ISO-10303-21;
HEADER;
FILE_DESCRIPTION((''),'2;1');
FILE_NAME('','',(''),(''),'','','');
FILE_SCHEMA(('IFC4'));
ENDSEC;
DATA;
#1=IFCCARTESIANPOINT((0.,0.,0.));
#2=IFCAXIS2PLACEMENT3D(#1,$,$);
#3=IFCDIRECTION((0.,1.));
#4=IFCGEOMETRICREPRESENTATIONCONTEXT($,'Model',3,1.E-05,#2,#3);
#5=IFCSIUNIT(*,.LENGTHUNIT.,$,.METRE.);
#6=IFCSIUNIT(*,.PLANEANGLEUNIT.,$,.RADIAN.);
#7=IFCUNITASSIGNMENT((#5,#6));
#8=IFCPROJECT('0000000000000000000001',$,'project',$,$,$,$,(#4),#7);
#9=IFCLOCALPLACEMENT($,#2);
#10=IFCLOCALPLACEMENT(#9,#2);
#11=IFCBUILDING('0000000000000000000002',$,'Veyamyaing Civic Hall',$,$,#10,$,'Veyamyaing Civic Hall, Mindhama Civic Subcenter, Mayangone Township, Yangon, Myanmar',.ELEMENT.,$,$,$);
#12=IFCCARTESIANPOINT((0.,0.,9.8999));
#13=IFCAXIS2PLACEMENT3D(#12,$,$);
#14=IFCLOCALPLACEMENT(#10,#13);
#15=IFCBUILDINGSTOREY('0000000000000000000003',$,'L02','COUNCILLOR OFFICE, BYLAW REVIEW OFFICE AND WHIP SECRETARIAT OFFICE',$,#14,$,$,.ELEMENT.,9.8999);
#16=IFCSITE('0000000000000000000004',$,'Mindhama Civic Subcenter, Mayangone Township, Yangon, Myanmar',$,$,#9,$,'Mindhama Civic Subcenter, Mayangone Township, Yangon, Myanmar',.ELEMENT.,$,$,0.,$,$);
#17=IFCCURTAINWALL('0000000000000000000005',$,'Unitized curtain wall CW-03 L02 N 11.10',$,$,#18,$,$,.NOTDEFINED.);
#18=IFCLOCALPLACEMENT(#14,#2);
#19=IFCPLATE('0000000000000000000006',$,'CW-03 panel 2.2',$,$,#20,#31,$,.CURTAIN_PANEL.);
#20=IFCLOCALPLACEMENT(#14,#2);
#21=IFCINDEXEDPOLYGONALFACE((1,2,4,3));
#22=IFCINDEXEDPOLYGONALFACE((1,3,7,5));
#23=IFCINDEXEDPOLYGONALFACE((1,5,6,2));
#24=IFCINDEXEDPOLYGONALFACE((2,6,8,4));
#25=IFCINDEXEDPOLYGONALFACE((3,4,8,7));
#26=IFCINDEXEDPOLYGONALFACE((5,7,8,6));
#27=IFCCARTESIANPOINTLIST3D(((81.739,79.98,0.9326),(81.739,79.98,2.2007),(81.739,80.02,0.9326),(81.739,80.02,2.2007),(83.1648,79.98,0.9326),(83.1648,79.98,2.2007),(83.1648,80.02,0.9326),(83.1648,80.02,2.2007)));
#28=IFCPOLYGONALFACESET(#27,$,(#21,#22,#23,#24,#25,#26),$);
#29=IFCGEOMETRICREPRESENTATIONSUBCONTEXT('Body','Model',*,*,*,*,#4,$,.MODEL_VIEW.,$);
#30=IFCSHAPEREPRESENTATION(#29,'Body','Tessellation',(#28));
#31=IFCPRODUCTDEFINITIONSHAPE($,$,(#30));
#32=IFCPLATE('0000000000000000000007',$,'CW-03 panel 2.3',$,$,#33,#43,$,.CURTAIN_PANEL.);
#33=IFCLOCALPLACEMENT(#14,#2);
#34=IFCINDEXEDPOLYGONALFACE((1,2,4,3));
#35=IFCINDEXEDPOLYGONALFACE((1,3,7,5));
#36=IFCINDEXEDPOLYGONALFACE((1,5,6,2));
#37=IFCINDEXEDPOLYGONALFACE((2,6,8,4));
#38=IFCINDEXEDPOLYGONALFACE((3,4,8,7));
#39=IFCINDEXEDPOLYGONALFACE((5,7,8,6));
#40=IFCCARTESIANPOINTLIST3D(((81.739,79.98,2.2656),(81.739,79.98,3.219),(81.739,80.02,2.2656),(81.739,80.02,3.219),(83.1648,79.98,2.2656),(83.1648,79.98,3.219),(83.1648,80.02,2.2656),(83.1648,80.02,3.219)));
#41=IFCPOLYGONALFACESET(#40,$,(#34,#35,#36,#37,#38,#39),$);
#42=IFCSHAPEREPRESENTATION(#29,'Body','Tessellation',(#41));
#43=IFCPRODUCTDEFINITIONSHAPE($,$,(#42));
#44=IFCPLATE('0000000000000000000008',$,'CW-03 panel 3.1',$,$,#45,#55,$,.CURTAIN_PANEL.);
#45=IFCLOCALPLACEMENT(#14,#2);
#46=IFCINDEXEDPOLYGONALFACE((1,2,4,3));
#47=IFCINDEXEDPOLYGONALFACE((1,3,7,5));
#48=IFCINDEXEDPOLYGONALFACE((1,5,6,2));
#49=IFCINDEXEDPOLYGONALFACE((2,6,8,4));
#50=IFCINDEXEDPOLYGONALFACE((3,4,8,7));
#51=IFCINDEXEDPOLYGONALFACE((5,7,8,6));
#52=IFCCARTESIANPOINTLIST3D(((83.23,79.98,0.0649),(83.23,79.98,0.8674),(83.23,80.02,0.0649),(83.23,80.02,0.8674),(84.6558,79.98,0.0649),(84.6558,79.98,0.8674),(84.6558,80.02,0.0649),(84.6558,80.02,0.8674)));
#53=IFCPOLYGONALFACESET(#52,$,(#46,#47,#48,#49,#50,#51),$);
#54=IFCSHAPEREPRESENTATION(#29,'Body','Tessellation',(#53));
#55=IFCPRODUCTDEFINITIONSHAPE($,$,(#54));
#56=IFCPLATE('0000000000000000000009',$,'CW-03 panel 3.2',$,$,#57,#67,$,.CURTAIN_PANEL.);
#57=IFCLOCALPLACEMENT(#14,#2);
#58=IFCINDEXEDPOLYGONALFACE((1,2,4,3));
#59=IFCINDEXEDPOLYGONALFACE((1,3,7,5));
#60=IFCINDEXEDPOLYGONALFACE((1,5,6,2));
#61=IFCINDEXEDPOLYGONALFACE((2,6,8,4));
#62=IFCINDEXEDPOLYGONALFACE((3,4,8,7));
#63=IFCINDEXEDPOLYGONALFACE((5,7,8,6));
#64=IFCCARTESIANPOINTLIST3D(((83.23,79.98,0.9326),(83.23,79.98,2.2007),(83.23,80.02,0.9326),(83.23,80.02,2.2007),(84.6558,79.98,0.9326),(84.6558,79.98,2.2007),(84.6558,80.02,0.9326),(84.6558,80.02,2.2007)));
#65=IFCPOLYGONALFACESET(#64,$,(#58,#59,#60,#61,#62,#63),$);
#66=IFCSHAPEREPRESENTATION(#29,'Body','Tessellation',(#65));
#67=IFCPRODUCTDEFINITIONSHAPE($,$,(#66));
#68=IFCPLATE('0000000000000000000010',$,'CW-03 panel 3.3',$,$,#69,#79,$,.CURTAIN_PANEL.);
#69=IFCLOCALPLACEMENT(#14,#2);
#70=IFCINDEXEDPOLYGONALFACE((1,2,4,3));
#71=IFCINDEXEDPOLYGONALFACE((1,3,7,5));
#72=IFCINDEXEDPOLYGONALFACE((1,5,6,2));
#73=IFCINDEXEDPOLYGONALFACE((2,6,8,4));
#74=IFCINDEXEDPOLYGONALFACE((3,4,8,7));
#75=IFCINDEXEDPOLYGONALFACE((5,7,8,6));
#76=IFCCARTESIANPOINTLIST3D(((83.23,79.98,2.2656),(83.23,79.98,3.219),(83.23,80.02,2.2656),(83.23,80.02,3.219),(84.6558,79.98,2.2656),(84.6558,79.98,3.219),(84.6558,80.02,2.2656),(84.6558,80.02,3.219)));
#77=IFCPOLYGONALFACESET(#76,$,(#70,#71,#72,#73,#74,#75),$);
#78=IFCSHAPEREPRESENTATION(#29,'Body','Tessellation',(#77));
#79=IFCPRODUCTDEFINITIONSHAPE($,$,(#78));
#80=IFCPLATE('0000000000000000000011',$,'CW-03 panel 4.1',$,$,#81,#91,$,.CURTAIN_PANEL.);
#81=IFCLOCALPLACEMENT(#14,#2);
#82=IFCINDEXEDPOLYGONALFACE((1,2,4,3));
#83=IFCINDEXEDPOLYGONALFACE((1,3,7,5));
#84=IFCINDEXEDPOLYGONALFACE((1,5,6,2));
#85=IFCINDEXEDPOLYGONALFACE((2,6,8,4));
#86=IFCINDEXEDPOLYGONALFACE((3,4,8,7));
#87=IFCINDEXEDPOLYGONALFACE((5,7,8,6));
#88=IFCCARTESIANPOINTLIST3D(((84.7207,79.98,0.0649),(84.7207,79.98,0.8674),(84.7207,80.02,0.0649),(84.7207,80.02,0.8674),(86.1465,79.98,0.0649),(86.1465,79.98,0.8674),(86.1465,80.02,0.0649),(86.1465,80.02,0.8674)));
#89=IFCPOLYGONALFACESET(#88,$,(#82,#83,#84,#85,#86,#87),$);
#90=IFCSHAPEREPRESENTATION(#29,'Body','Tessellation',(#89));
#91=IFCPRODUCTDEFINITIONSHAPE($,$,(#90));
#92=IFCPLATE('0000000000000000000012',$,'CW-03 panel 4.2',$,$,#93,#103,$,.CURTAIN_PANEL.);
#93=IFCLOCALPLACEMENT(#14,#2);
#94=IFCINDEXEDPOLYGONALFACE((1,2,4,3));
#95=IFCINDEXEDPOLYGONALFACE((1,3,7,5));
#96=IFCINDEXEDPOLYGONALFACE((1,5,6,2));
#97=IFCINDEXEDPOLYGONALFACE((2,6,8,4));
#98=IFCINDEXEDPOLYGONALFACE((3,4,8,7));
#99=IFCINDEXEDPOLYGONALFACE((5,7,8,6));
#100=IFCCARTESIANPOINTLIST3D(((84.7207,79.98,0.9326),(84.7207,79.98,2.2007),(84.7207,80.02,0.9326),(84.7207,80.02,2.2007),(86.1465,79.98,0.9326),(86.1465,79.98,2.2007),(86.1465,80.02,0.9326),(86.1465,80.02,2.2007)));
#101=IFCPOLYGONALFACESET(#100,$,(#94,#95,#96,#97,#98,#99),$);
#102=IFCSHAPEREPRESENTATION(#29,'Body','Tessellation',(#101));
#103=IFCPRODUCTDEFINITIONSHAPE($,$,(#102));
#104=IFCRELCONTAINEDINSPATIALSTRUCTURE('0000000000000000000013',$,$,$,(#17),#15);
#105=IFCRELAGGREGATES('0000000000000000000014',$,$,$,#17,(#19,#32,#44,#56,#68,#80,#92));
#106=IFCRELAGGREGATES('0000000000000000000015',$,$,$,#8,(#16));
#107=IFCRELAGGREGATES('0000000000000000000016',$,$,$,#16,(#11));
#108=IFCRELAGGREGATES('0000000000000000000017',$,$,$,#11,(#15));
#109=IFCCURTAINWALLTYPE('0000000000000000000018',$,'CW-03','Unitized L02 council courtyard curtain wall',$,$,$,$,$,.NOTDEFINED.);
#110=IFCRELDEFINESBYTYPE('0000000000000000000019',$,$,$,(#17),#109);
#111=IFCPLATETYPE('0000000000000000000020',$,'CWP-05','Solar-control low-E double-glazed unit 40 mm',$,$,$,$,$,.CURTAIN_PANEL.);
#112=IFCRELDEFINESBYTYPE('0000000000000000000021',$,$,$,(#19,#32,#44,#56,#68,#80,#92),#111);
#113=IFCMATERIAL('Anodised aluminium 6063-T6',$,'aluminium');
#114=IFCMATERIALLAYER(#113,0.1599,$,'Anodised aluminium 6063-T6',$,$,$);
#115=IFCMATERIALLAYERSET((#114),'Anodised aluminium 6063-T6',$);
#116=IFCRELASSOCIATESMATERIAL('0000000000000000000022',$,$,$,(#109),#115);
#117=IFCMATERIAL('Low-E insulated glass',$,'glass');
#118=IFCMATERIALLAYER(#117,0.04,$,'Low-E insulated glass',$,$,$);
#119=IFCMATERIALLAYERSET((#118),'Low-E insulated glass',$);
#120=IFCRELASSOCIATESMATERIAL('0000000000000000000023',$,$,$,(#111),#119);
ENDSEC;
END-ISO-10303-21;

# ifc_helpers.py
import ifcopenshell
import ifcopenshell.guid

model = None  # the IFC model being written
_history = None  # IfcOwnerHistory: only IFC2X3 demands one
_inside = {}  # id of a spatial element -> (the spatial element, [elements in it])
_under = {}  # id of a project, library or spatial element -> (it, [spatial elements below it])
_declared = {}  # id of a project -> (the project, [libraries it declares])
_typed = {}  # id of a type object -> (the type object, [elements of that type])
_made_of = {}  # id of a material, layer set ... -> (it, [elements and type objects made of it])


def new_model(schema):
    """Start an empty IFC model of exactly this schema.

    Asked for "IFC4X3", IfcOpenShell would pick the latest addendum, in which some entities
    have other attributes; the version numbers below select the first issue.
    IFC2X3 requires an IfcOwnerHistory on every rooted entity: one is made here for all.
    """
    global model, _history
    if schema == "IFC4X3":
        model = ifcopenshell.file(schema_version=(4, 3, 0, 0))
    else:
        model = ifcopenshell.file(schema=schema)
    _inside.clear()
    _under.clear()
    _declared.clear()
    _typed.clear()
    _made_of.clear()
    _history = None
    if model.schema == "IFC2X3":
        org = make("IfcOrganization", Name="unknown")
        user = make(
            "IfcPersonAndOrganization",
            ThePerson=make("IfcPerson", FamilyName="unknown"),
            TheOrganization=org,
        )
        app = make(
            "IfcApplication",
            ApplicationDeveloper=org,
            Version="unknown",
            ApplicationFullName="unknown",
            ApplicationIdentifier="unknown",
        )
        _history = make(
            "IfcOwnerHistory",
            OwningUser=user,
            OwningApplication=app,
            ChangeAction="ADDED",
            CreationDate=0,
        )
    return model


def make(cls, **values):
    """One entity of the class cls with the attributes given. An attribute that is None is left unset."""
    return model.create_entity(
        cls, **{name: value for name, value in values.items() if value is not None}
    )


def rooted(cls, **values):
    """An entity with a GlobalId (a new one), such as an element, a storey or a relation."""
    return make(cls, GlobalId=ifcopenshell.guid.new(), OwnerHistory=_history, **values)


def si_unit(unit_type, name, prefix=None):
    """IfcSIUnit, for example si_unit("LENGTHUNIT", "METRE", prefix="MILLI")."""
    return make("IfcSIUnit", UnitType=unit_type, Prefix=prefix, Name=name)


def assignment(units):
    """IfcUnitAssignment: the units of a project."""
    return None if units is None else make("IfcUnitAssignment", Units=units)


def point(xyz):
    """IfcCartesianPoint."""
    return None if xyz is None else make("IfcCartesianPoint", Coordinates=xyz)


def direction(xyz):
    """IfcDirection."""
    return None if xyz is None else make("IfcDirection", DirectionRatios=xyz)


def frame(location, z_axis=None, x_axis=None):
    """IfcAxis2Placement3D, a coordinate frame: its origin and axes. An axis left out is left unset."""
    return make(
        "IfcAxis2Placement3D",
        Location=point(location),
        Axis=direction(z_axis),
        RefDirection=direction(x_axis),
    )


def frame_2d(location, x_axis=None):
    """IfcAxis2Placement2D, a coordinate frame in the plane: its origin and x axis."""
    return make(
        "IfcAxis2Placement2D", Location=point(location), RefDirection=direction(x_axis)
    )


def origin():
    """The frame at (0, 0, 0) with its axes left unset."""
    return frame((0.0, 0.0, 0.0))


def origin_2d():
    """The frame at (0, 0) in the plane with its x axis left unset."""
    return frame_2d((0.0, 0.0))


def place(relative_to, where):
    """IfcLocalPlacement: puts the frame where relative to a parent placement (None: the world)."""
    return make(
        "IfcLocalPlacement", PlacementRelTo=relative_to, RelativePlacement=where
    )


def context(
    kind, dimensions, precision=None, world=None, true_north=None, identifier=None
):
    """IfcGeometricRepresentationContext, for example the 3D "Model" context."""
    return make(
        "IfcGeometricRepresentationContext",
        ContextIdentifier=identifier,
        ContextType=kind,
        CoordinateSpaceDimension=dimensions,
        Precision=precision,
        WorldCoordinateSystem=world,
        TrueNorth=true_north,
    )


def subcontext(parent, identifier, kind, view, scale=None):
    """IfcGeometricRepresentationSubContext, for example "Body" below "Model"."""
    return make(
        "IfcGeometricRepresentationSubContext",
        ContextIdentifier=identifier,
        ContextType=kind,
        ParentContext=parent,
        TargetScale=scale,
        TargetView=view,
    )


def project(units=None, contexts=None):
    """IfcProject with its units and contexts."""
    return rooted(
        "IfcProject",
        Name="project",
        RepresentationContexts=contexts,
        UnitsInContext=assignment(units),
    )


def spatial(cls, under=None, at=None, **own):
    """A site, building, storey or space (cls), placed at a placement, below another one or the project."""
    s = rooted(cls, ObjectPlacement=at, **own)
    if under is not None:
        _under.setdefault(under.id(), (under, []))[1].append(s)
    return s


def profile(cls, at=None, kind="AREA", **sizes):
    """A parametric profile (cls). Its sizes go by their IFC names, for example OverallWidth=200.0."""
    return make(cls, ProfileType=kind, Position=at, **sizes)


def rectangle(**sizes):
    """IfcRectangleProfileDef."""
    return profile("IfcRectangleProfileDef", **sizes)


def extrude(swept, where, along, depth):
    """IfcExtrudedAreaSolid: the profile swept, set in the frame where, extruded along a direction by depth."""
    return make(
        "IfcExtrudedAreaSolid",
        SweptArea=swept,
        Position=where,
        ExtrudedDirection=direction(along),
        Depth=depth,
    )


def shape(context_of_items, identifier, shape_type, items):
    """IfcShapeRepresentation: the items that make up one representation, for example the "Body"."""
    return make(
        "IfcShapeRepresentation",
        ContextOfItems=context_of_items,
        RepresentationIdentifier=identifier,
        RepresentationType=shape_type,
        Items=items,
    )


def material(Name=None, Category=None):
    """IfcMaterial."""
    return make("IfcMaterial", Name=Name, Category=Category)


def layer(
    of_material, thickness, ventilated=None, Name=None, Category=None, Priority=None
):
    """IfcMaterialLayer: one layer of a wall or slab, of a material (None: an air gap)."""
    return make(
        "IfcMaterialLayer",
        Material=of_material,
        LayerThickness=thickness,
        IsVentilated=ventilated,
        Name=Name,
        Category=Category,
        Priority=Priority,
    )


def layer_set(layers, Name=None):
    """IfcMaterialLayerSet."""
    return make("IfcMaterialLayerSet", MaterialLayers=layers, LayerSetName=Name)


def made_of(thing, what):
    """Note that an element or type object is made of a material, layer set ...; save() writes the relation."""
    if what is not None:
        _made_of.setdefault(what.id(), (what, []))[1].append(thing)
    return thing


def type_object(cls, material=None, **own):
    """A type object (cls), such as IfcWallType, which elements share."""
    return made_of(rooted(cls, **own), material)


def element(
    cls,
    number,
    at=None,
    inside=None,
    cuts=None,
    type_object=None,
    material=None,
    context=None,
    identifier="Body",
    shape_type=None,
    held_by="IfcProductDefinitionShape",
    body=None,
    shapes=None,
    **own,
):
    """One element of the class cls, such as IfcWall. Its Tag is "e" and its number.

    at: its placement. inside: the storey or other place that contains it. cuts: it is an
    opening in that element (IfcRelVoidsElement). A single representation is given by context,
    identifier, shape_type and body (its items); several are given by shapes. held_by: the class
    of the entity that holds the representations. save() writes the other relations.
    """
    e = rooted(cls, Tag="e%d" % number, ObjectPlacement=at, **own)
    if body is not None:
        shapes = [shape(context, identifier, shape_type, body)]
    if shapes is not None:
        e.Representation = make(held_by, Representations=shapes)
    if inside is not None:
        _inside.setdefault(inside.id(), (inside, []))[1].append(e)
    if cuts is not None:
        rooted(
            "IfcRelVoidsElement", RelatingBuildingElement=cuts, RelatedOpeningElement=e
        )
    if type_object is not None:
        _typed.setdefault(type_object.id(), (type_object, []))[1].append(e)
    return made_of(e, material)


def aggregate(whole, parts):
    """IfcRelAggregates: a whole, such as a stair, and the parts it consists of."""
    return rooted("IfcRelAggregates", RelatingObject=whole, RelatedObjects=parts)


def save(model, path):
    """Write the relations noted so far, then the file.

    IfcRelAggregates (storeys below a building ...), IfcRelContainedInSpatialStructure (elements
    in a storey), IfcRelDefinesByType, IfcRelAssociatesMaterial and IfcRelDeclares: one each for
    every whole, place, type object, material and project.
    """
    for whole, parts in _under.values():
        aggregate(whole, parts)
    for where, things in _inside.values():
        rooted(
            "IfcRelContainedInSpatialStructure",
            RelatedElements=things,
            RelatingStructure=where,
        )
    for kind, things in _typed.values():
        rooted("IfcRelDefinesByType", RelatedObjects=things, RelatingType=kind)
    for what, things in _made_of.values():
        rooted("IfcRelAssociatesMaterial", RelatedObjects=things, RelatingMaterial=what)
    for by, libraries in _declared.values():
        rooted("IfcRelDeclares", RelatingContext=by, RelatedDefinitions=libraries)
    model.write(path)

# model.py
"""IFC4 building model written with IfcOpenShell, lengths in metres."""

from ifc_helpers import new_model, si_unit, direction, frame, origin, origin_2d, place, context, subcontext, project, spatial, rectangle, extrude, material, layer, layer_set, type_object, element, aggregate, save


model = new_model("IFC4")

# Units and contexts
model_context = context("Model", 3, precision=1e-05, world=origin(), true_north=direction((0.0, 1.0)))
body_context = subcontext(model_context, "Body", "Model", "MODEL_VIEW")
ifc_project = project(units=[si_unit("LENGTHUNIT", "METRE"), si_unit("PLANEANGLEUNIT", "RADIAN")], contexts=[model_context])

# Site, building, storey
site_placement = place(None, origin())
site = spatial("IfcSite", under=ifc_project, at=site_placement, Name="Mindhama Civic Subcenter, Mayangone Township, Yangon, Myanmar", LongName="Mindhama Civic Subcenter, Mayangone Township, Yangon, Myanmar", CompositionType="ELEMENT", RefElevation=0.0)
building_placement = place(site_placement, origin())
building = spatial("IfcBuilding", under=site, at=building_placement, Name="Veyamyaing Civic Hall", LongName="Veyamyaing Civic Hall, Mindhama Civic Subcenter, Mayangone Township, Yangon, Myanmar", CompositionType="ELEMENT")
storey_placement = place(building_placement, frame((0.0, 0.0, 9.8999)))
storey = spatial("IfcBuildingStorey", under=building, at=storey_placement, Name="L02", Description="COUNCILLOR OFFICE, BYLAW REVIEW OFFICE AND WHIP SECRETARIAT OFFICE", CompositionType="ELEMENT", Elevation=9.8999)

# Curtain wall, plates
ifc_material_1 = material(Name="Anodised aluminium 6063-T6", Category="aluminium")
ifc_layer_1 = layer(ifc_material_1, 0.1599, Name="Anodised aluminium 6063-T6")
ifc_layer_set_1 = layer_set([ifc_layer_1], Name="Anodised aluminium 6063-T6")
curtain_wall_type = type_object("IfcCurtainWallType", Name="CW-03", Description="Unitized L02 council courtyard curtain wall", PredefinedType="NOTDEFINED", material=ifc_layer_set_1)
curtain_wall_placement = place(storey_placement, origin())
curtain_wall = element("IfcCurtainWall", 1, at=curtain_wall_placement, inside=storey, type_object=curtain_wall_type, Name="Unitized curtain wall CW-03 L02 N 11.10", PredefinedType="NOTDEFINED")
ifc_material_2 = material(Name="Low-E insulated glass", Category="glass")
ifc_layer_2 = layer(ifc_material_2, 0.04, Name="Low-E insulated glass")
ifc_layer_set_2 = layer_set([ifc_layer_2], Name="Low-E insulated glass")
plate_type = type_object("IfcPlateType", Name="CWP-05", Description="Solar-control low-E double-glazed unit 40 mm", PredefinedType="CURTAIN_PANEL", material=ifc_layer_set_2)
plate_1_placement = place(storey_placement, frame((82.4519, 80.0, 0.9326), z_axis=(0.0, 0.0, 1.0), x_axis=(1.0, 0.0, 0.0)))
plate_1 = element("IfcPlate", 2, at=plate_1_placement, type_object=plate_type, Name="CW-03 panel 2.2", PredefinedType="CURTAIN_PANEL", context=body_context, shape_type="SweptSolid", body=[
    extrude(rectangle(XDim=1.4258, YDim=0.04, at=origin_2d()), origin(), (0.0, 0.0, 1.0), 1.2681),
])
plate_2_placement = place(storey_placement, frame((82.4519, 80.0, 2.2656), z_axis=(0.0, 0.0, 1.0), x_axis=(1.0, 0.0, 0.0)))
plate_2 = element("IfcPlate", 3, at=plate_2_placement, type_object=plate_type, Name="CW-03 panel 2.3", PredefinedType="CURTAIN_PANEL", context=body_context, shape_type="SweptSolid", body=[
    extrude(rectangle(XDim=1.4258, YDim=0.04, at=origin_2d()), origin(), (0.0, 0.0, 1.0), 0.9534),
])
plate_3_placement = place(storey_placement, frame((83.9429, 80.0, 0.0649), z_axis=(0.0, 0.0, 1.0), x_axis=(1.0, 0.0, 0.0)))
plate_3 = element("IfcPlate", 4, at=plate_3_placement, type_object=plate_type, Name="CW-03 panel 3.1", PredefinedType="CURTAIN_PANEL", context=body_context, shape_type="SweptSolid", body=[
    extrude(rectangle(XDim=1.4258, YDim=0.04, at=origin_2d()), origin(), (0.0, 0.0, 1.0), 0.8025),
])
plate_4_placement = place(storey_placement, frame((83.9429, 80.0, 0.9326), z_axis=(0.0, 0.0, 1.0), x_axis=(1.0, 0.0, 0.0)))
plate_4 = element("IfcPlate", 5, at=plate_4_placement, type_object=plate_type, Name="CW-03 panel 3.2", PredefinedType="CURTAIN_PANEL", context=body_context, shape_type="SweptSolid", body=[
    extrude(rectangle(XDim=1.4258, YDim=0.04, at=origin_2d()), origin(), (0.0, 0.0, 1.0), 1.2681),
])
plate_5_placement = place(storey_placement, frame((83.9429, 80.0, 2.2656), z_axis=(0.0, 0.0, 1.0), x_axis=(1.0, 0.0, 0.0)))
plate_5 = element("IfcPlate", 6, at=plate_5_placement, type_object=plate_type, Name="CW-03 panel 3.3", PredefinedType="CURTAIN_PANEL", context=body_context, shape_type="SweptSolid", body=[
    extrude(rectangle(XDim=1.4258, YDim=0.04, at=origin_2d()), origin(), (0.0, 0.0, 1.0), 0.9534),
])
plate_6_placement = place(storey_placement, frame((85.4336, 80.0, 0.0649), z_axis=(0.0, 0.0, 1.0), x_axis=(1.0, 0.0, 0.0)))
plate_6 = element("IfcPlate", 7, at=plate_6_placement, type_object=plate_type, Name="CW-03 panel 4.1", PredefinedType="CURTAIN_PANEL", context=body_context, shape_type="SweptSolid", body=[
    extrude(rectangle(XDim=1.4258, YDim=0.04, at=origin_2d()), origin(), (0.0, 0.0, 1.0), 0.8025),
])
plate_7_placement = place(storey_placement, frame((85.4336, 80.0, 0.9326), z_axis=(0.0, 0.0, 1.0), x_axis=(1.0, 0.0, 0.0)))
plate_7 = element("IfcPlate", 8, at=plate_7_placement, type_object=plate_type, Name="CW-03 panel 4.2", PredefinedType="CURTAIN_PANEL", context=body_context, shape_type="SweptSolid", body=[
    extrude(rectangle(XDim=1.4258, YDim=0.04, at=origin_2d()), origin(), (0.0, 0.0, 1.0), 1.2681),
])
aggregate(curtain_wall, [plate_1, plate_2, plate_3, plate_4, plate_5, plate_6, plate_7])

save(model, "model.ifc")
